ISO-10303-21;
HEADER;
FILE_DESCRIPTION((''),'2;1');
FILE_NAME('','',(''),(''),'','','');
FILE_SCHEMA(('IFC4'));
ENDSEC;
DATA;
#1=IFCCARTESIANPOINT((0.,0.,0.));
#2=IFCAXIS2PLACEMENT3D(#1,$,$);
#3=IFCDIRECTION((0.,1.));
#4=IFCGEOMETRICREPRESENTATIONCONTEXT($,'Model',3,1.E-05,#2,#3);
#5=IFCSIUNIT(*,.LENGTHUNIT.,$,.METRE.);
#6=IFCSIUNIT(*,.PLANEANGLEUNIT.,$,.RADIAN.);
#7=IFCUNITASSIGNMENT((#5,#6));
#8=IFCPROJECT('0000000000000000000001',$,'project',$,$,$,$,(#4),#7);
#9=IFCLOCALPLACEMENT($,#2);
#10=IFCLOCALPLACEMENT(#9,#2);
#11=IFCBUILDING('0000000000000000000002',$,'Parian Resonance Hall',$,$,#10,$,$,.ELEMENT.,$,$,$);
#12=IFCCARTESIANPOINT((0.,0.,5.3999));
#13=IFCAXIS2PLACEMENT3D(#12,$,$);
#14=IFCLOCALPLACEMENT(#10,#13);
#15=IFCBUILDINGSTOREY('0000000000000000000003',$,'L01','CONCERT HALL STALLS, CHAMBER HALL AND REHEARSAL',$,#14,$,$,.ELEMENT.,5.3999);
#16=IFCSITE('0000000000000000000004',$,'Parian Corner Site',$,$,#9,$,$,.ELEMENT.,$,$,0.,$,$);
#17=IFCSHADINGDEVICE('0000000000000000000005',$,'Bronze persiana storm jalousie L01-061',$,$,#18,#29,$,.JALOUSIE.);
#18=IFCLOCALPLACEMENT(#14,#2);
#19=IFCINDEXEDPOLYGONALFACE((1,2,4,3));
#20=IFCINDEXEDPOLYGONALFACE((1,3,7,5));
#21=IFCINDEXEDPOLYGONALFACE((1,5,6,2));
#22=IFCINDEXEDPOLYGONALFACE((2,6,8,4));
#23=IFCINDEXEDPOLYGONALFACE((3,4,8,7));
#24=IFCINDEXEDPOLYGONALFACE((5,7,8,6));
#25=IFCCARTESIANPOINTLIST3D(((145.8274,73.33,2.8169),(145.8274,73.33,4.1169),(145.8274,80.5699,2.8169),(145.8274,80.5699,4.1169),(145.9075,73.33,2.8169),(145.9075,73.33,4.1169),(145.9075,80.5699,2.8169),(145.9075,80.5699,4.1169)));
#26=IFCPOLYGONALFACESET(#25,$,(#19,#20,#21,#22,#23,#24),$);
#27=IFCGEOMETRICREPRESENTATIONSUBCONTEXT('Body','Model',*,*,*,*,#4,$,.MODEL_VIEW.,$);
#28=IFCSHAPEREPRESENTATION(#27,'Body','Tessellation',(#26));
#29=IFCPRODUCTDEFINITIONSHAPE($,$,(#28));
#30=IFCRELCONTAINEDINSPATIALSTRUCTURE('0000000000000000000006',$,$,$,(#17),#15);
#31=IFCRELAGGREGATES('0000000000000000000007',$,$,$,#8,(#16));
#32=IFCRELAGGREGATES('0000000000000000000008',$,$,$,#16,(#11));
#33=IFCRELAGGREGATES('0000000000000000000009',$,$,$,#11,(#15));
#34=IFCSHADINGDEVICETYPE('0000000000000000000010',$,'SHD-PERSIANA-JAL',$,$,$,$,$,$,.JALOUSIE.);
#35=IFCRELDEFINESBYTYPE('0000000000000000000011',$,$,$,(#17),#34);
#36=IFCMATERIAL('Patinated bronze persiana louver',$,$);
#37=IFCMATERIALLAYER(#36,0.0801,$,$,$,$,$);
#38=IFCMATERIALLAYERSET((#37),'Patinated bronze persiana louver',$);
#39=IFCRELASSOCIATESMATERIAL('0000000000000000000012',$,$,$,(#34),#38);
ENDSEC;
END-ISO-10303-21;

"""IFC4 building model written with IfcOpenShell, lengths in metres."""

from ifc_helpers import new_model, si_unit, direction, frame, origin, origin_2d, place, context, subcontext, project, spatial, rectangle, extrude, material, layer, layer_set, type_object, element, save


model = new_model("IFC4")

# Units and contexts
model_context = context("Model", 3, precision=1e-05, world=origin(), true_north=direction((0.0, 1.0)))
body_context = subcontext(model_context, "Body", "Model", "MODEL_VIEW")
ifc_project = project(units=[si_unit("LENGTHUNIT", "METRE"), si_unit("PLANEANGLEUNIT", "RADIAN")], contexts=[model_context])

# Site, building, storey
site_placement = place(None, origin())
site = spatial("IfcSite", under=ifc_project, at=site_placement, Name="Parian Corner Site", CompositionType="ELEMENT", RefElevation=0.0)
building_placement = place(site_placement, origin())
building = spatial("IfcBuilding", under=site, at=building_placement, Name="Parian Resonance Hall", CompositionType="ELEMENT")
storey_placement = place(building_placement, frame((0.0, 0.0, 5.3999)))
storey = spatial("IfcBuildingStorey", under=building, at=storey_placement, Name="L01", Description="CONCERT HALL STALLS, CHAMBER HALL AND REHEARSAL", CompositionType="ELEMENT", Elevation=5.3999)

# Shading device
ifc_material_1 = material(Name="Patinated bronze persiana louver")
ifc_layer_1 = layer(ifc_material_1, 0.0801)
ifc_layer_set_1 = layer_set([ifc_layer_1], Name="Patinated bronze persiana louver")
shading_device_type = type_object("IfcShadingDeviceType", Name="SHD-PERSIANA-JAL", PredefinedType="JALOUSIE", material=ifc_layer_set_1)
shading_device_placement = place(storey_placement, frame((145.8674, 76.95, 2.8169), z_axis=(0.0, 0.0, 1.0), x_axis=(0.0, -1.0, 0.0)))
element("IfcShadingDevice", 1, at=shading_device_placement, inside=storey, type_object=shading_device_type, Name="Bronze persiana storm jalousie L01-061", PredefinedType="JALOUSIE", context=body_context, shape_type="SweptSolid", body=[
    extrude(rectangle(XDim=7.24, YDim=0.0801, at=origin_2d()), origin(), (0.0, 0.0, 1.0), 1.3),
])

save(model, "model.ifc")
